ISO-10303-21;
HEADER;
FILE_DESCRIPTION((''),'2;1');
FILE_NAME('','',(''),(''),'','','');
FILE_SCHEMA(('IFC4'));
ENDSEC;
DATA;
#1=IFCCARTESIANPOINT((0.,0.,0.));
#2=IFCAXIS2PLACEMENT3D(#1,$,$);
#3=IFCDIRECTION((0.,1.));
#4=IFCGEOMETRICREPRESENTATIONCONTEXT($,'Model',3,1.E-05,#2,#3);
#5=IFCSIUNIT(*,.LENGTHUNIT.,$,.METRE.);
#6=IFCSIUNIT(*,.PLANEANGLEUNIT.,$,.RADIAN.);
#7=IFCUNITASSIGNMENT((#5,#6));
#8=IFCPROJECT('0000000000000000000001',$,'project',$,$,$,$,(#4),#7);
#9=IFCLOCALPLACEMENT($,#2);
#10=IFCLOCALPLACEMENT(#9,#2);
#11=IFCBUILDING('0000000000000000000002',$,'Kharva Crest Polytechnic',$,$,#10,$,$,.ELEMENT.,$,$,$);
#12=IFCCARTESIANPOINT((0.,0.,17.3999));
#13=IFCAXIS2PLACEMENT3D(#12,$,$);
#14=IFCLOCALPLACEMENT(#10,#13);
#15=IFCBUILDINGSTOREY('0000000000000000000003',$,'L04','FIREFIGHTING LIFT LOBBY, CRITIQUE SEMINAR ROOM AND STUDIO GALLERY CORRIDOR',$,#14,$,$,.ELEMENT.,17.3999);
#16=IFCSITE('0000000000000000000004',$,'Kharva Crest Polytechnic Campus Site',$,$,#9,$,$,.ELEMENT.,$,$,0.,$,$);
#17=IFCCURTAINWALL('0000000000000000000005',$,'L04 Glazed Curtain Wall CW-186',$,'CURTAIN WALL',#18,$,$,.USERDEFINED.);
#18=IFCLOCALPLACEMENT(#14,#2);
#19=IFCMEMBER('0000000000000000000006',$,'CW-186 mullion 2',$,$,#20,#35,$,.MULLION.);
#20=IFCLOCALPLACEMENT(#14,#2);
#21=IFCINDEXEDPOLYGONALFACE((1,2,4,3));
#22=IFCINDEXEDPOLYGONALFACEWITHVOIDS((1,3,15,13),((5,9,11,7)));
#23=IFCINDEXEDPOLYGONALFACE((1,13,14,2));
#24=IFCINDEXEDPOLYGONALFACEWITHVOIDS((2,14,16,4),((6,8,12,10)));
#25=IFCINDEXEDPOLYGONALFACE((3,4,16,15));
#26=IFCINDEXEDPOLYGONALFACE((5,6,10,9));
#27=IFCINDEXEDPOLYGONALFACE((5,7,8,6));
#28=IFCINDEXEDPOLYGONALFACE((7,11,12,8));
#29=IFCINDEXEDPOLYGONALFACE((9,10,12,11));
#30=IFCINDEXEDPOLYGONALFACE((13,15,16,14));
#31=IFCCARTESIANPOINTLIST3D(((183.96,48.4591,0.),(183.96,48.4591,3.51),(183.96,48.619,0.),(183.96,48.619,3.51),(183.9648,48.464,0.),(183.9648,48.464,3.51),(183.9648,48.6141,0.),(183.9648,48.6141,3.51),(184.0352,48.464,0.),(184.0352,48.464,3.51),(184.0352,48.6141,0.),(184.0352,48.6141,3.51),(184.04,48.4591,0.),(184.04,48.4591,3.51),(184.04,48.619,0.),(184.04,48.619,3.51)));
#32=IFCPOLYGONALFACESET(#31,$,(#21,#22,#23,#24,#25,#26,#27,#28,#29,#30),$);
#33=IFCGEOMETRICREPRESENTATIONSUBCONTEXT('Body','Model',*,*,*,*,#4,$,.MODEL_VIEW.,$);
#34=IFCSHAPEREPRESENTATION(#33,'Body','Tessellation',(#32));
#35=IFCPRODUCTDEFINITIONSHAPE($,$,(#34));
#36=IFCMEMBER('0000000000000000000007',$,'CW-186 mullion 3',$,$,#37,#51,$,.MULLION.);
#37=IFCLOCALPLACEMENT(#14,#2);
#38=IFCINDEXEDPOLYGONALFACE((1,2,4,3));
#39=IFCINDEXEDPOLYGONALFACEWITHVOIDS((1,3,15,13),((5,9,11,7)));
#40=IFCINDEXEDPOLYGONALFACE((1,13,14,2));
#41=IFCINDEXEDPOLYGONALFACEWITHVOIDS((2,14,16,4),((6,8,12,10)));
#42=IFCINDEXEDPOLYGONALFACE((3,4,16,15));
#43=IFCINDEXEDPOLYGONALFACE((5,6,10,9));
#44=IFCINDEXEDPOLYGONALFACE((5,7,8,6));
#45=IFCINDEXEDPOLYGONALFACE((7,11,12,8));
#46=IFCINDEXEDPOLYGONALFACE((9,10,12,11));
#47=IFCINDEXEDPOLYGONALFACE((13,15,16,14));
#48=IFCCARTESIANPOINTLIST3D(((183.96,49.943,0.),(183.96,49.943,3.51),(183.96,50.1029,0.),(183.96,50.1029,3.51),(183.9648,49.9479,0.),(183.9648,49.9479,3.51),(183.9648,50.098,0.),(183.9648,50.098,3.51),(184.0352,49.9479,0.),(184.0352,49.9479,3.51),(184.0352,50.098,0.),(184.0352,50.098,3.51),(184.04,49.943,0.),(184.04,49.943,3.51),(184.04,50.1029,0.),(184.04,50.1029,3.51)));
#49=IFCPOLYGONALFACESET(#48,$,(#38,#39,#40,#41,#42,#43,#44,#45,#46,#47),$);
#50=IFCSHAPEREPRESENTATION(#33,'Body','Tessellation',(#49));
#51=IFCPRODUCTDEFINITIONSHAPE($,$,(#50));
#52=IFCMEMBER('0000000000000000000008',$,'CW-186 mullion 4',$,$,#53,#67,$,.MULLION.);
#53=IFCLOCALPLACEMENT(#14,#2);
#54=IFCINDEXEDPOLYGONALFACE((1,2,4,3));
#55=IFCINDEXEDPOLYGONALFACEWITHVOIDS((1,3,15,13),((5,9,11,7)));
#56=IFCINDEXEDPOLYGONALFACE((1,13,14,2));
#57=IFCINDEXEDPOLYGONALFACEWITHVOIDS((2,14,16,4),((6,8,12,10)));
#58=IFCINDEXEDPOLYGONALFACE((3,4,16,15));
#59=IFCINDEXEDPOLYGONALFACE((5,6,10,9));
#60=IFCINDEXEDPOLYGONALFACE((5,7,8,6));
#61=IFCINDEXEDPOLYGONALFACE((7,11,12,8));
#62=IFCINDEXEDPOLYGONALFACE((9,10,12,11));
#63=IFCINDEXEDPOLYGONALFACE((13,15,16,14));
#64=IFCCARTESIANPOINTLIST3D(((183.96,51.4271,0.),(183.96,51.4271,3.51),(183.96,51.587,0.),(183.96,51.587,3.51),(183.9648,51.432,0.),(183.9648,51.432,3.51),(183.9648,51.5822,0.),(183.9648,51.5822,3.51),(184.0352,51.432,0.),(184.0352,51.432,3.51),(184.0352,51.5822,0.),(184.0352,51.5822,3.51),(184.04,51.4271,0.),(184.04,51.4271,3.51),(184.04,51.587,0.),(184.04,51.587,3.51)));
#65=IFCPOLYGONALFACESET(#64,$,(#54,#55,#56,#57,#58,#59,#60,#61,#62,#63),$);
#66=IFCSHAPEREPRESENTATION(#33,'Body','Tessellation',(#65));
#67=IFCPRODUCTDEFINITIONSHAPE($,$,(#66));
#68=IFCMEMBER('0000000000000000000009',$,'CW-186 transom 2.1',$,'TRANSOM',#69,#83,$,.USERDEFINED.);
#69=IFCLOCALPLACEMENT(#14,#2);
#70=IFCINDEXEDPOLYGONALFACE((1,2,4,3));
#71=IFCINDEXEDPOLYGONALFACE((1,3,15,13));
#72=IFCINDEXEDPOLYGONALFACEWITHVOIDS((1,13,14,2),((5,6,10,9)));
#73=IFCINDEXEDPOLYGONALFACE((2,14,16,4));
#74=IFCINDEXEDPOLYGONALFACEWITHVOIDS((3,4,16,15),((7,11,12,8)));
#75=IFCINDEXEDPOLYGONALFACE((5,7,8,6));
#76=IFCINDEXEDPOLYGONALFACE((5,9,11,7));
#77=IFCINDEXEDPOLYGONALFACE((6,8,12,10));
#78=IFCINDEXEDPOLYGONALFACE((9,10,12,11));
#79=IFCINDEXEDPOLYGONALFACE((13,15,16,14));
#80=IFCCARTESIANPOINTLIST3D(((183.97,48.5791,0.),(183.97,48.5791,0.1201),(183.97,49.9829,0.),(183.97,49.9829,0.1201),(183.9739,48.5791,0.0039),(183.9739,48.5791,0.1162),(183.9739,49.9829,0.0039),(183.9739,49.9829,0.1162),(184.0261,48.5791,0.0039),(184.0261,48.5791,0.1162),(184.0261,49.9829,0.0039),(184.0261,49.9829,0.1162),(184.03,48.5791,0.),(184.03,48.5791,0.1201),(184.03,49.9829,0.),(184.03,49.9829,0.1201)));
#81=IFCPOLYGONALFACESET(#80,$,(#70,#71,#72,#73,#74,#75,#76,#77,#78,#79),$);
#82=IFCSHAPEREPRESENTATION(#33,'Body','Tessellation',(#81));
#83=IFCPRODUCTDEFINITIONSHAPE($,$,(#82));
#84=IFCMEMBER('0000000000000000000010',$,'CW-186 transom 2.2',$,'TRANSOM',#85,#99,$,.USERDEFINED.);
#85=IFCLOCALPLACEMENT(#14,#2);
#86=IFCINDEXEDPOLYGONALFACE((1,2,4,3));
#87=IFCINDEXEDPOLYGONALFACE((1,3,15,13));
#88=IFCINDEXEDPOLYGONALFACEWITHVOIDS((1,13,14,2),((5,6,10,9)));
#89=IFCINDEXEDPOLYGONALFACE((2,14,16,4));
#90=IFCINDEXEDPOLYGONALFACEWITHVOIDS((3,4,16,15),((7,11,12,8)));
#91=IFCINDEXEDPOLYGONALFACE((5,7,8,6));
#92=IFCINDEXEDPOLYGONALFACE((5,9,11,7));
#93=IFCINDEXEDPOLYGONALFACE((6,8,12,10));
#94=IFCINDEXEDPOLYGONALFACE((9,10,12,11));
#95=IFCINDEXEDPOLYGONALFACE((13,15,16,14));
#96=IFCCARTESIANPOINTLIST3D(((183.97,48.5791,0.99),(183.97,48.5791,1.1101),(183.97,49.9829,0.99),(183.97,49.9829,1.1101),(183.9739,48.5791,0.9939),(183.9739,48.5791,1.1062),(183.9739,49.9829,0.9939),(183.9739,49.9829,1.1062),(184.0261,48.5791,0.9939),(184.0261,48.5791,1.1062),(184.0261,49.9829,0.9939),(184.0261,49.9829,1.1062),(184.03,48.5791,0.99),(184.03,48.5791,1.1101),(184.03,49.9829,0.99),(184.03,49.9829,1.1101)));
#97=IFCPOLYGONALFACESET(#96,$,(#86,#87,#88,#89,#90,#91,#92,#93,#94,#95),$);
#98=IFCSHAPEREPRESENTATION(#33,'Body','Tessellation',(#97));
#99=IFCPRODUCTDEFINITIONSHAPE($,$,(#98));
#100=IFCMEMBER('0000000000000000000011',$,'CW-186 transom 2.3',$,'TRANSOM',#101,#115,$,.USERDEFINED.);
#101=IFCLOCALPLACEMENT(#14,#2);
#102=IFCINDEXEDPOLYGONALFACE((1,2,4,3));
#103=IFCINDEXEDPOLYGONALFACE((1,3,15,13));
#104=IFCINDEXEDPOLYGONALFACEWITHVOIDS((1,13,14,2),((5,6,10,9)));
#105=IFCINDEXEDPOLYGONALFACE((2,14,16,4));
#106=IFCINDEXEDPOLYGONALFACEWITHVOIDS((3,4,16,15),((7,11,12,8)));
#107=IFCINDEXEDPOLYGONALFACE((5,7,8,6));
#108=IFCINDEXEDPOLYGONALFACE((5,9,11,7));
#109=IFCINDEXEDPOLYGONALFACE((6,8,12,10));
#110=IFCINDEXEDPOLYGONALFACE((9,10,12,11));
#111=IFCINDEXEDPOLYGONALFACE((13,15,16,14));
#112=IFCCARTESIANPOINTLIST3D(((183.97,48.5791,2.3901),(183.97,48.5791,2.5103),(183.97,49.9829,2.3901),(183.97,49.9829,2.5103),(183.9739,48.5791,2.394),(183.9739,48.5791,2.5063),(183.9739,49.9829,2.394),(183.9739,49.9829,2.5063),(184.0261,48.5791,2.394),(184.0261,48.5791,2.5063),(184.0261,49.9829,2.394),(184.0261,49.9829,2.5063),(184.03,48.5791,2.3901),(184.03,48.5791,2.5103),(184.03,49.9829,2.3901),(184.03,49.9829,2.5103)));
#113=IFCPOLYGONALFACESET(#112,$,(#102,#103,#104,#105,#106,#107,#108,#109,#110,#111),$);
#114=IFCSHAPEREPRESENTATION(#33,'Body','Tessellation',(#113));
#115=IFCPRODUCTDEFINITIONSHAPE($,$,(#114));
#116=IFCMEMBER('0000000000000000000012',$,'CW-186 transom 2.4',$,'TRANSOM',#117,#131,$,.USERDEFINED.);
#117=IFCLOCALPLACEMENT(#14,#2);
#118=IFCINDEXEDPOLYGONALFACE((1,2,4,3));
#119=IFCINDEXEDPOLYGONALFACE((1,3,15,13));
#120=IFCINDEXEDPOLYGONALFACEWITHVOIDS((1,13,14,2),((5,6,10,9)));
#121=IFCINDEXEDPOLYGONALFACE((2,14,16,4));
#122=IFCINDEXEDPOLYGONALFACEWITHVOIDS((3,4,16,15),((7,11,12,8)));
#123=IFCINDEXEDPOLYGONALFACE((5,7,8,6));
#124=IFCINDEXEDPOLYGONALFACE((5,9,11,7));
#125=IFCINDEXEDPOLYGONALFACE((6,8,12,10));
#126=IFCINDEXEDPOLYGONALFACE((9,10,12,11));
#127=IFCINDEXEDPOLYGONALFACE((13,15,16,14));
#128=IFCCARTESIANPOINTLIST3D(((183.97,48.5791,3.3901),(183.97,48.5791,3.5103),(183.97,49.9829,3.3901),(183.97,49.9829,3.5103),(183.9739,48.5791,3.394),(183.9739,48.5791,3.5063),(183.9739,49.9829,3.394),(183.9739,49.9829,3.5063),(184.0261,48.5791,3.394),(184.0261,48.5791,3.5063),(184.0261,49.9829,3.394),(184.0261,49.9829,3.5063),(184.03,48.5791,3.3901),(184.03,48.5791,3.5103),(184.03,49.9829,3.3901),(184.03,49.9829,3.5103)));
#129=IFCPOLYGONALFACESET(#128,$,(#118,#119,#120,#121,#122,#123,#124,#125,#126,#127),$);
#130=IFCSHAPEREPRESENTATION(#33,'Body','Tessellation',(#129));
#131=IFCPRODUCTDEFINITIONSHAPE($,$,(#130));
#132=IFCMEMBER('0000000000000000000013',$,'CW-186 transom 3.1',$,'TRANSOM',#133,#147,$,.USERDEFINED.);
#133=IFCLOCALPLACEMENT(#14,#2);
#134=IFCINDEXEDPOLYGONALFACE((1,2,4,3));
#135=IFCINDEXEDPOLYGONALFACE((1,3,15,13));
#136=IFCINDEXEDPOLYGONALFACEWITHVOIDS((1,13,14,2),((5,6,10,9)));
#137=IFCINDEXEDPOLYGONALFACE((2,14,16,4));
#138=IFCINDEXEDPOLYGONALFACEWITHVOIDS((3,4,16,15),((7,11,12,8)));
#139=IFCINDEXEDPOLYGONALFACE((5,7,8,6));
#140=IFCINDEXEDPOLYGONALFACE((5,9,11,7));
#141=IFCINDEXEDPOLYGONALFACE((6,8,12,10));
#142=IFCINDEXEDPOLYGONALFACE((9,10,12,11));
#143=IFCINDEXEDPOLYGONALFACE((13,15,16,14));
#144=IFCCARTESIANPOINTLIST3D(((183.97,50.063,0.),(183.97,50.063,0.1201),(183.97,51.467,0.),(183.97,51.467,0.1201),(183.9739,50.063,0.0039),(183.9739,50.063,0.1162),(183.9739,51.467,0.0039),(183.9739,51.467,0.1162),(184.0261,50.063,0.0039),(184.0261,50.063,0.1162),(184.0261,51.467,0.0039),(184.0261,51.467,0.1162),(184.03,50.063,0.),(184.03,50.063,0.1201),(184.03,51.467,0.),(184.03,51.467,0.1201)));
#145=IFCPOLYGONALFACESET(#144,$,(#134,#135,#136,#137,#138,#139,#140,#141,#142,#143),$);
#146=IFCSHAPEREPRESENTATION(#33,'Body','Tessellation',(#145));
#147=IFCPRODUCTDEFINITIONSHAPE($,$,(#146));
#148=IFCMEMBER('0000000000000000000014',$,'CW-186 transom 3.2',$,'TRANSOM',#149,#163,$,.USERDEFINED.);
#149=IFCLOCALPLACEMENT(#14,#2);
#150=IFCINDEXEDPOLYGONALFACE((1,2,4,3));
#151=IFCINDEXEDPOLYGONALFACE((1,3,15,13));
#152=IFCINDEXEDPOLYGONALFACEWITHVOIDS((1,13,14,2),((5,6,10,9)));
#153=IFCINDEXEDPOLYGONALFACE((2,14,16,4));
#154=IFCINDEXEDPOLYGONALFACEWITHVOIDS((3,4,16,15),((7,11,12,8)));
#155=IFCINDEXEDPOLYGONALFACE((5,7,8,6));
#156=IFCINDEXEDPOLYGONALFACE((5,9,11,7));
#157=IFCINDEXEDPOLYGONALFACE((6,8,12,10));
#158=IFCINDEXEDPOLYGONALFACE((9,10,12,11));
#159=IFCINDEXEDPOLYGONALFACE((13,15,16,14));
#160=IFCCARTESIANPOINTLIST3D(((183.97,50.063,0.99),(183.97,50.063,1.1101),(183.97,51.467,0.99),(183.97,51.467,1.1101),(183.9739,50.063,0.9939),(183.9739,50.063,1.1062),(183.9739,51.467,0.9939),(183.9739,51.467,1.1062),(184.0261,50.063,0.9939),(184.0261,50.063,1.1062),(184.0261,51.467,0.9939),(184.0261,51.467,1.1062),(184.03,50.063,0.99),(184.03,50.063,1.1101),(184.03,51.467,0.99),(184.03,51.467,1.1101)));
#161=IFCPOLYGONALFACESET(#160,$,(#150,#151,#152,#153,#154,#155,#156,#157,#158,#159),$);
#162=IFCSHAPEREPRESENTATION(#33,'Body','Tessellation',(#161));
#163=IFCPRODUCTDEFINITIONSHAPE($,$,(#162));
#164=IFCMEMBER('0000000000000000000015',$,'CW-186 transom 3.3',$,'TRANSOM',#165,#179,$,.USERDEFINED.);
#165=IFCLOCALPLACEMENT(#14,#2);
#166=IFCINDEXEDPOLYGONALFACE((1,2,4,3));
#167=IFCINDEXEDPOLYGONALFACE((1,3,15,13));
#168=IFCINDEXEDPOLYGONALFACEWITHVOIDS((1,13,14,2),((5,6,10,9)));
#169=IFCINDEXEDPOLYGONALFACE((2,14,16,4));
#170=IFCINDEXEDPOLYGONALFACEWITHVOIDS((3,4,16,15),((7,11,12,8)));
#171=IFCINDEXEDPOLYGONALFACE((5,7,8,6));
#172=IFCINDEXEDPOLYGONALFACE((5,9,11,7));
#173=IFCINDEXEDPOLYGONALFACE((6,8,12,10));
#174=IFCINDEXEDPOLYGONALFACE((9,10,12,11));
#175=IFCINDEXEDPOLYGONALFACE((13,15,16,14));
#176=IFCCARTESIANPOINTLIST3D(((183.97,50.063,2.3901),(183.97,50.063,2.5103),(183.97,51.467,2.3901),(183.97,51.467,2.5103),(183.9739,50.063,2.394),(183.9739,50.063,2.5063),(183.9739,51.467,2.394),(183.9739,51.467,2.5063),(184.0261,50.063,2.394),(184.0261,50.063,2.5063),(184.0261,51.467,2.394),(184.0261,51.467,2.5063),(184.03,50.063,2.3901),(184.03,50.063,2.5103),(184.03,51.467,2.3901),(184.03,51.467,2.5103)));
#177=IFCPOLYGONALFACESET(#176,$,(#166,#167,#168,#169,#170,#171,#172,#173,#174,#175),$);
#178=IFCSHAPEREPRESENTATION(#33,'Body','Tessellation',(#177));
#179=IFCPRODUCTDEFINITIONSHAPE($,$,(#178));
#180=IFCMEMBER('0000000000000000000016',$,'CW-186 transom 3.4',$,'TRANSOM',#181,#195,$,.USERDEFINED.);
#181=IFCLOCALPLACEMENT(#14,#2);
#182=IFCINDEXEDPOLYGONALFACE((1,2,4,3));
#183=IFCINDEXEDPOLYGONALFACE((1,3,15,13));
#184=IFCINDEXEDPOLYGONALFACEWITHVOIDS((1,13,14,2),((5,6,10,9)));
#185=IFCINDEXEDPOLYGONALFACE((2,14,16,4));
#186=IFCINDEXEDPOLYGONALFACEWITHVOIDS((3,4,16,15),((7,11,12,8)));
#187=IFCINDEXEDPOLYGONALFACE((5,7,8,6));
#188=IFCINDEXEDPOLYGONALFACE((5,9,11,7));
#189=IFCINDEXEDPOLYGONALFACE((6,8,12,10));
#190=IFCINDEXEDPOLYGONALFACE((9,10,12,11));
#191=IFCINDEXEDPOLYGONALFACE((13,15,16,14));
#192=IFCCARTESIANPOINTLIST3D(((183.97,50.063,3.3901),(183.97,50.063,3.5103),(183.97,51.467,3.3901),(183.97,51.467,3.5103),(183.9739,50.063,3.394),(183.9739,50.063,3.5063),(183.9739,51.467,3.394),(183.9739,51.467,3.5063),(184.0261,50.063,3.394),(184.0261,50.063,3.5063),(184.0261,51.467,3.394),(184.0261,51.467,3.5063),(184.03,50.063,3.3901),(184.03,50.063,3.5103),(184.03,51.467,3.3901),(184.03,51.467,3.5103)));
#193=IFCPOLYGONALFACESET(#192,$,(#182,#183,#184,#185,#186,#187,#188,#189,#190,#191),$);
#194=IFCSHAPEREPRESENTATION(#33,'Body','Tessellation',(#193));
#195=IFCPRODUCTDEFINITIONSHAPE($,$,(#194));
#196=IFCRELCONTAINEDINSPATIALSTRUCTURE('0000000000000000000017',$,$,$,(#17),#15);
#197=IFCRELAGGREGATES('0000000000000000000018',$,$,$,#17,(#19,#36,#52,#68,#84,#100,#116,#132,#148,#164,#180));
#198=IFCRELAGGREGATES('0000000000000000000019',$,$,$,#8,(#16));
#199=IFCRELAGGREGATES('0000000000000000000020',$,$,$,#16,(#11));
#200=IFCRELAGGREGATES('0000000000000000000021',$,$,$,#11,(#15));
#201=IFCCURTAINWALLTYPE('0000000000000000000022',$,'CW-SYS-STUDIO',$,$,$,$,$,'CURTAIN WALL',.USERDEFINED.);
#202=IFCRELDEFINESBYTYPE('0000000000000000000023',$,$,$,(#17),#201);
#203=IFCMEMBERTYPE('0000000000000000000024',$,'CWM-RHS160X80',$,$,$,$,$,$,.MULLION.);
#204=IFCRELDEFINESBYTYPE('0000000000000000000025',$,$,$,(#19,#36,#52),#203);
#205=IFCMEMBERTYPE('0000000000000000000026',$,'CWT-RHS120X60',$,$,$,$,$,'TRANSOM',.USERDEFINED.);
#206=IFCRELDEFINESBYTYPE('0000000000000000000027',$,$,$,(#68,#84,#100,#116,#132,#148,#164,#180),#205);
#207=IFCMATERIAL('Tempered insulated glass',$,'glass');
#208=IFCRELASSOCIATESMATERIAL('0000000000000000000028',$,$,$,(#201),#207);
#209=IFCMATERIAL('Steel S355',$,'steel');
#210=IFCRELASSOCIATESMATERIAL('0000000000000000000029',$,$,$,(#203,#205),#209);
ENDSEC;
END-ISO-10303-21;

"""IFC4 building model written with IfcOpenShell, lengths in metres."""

from ifc_helpers import new_model, si_unit, direction, frame, origin, origin_2d, place, context, subcontext, project, spatial, hollow_rectangle, extrude, material, material_profile, profile_set, type_object, element, aggregate, save


model = new_model("IFC4")

# Units and contexts
model_context = context("Model", 3, precision=1e-05, world=origin(), true_north=direction((0.0, 1.0)))
body_context = subcontext(model_context, "Body", "Model", "MODEL_VIEW")
ifc_project = project(units=[si_unit("LENGTHUNIT", "METRE"), si_unit("PLANEANGLEUNIT", "RADIAN")], contexts=[model_context])

# Site, building, storey
site_placement = place(None, origin())
site = spatial("IfcSite", under=ifc_project, at=site_placement, Name="Kharva Crest Polytechnic Campus Site", CompositionType="ELEMENT", RefElevation=0.0)
building_placement = place(site_placement, origin())
building = spatial("IfcBuilding", under=site, at=building_placement, Name="Kharva Crest Polytechnic", CompositionType="ELEMENT")
storey_placement = place(building_placement, frame((0.0, 0.0, 17.3999)))
storey = spatial("IfcBuildingStorey", under=building, at=storey_placement, Name="L04", Description="FIREFIGHTING LIFT LOBBY, CRITIQUE SEMINAR ROOM AND STUDIO GALLERY CORRIDOR", CompositionType="ELEMENT", Elevation=17.3999)

# Curtain wall, members
ifc_material_1 = material(Name="Tempered insulated glass", Category="glass")
curtain_wall_type = type_object("IfcCurtainWallType", Name="CW-SYS-STUDIO", ElementType="CURTAIN WALL", PredefinedType="USERDEFINED", material=ifc_material_1)
curtain_wall_placement = place(storey_placement, origin())
curtain_wall = element("IfcCurtainWall", 1, at=curtain_wall_placement, inside=storey, type_object=curtain_wall_type, Name="L04 Glazed Curtain Wall CW-186", ObjectType="CURTAIN WALL", PredefinedType="USERDEFINED")
ifc_material_2 = material(Name="Steel S355", Category="steel")
ifc_material_profile_1 = material_profile(ifc_material_2, hollow_rectangle(XDim=0.0801, YDim=0.1599, WallThickness=0.0049, at=origin_2d()), Name="RHS 160X80X5.0")
ifc_profile_set_1 = profile_set([ifc_material_profile_1], Name="Steel S355")
member_type_1 = type_object("IfcMemberType", Name="CWM-RHS160X80", PredefinedType="MULLION", material=ifc_profile_set_1)
member_1_placement = place(storey_placement, frame((184.0, 48.5391, 0.0), z_axis=(0.0, 0.0, 1.0), x_axis=(-1.0, 0.0, 0.0)))
member_1 = element("IfcMember", 2, at=member_1_placement, type_object=member_type_1, Name="CW-186 mullion 2", PredefinedType="MULLION", context=body_context, shape_type="SweptSolid", body=[
    extrude(hollow_rectangle(XDim=0.0801, YDim=0.1599, WallThickness=0.0049, at=origin_2d()), origin(), (0.0, 0.0, 1.0), 3.51),
])
member_2_placement = place(storey_placement, frame((184.0, 50.0229, 0.0), z_axis=(0.0, 0.0, 1.0), x_axis=(-1.0, 0.0, 0.0)))
member_2 = element("IfcMember", 3, at=member_2_placement, type_object=member_type_1, Name="CW-186 mullion 3", PredefinedType="MULLION", context=body_context, shape_type="SweptSolid", body=[
    extrude(hollow_rectangle(XDim=0.0801, YDim=0.1599, WallThickness=0.0049, at=origin_2d()), origin(), (0.0, 0.0, 1.0), 3.51),
])
member_3_placement = place(storey_placement, frame((184.0, 51.5071, 0.0), z_axis=(0.0, 0.0, 1.0), x_axis=(-1.0, 0.0, 0.0)))
member_3 = element("IfcMember", 4, at=member_3_placement, type_object=member_type_1, Name="CW-186 mullion 4", PredefinedType="MULLION", context=body_context, shape_type="SweptSolid", body=[
    extrude(hollow_rectangle(XDim=0.0801, YDim=0.1599, WallThickness=0.0049, at=origin_2d()), origin(), (0.0, 0.0, 1.0), 3.51),
])
ifc_material_profile_2 = material_profile(ifc_material_2, hollow_rectangle(XDim=0.0601, YDim=0.1201, WallThickness=0.0039, at=origin_2d()), Name="RHS 120X60X4.0")
ifc_profile_set_2 = profile_set([ifc_material_profile_2], Name="Steel S355")
member_type_2 = type_object("IfcMemberType", Name="CWT-RHS120X60", ElementType="TRANSOM", PredefinedType="USERDEFINED", material=ifc_profile_set_2)
member_4_placement = place(storey_placement, frame((184.0, 48.5791, 0.0601), z_axis=(0.0, 1.0, 0.0), x_axis=(-1.0, 0.0, 0.0)))
member_4 = element("IfcMember", 5, at=member_4_placement, type_object=member_type_2, Name="CW-186 transom 2.1", ObjectType="TRANSOM", PredefinedType="USERDEFINED", context=body_context, shape_type="SweptSolid", body=[
    extrude(hollow_rectangle(XDim=0.0601, YDim=0.1201, WallThickness=0.0039, at=origin_2d()), origin(), (0.0, 0.0, 1.0), 1.4038),
])
member_5_placement = place(storey_placement, frame((184.0, 48.5791, 1.05), z_axis=(0.0, 1.0, 0.0), x_axis=(-1.0, 0.0, 0.0)))
member_5 = element("IfcMember", 6, at=member_5_placement, type_object=member_type_2, Name="CW-186 transom 2.2", ObjectType="TRANSOM", PredefinedType="USERDEFINED", context=body_context, shape_type="SweptSolid", body=[
    extrude(hollow_rectangle(XDim=0.0601, YDim=0.1201, WallThickness=0.0039, at=origin_2d()), origin(), (0.0, 0.0, 1.0), 1.4038),
])
member_6_placement = place(storey_placement, frame((184.0, 48.5791, 2.4502), z_axis=(0.0, 1.0, 0.0), x_axis=(-1.0, 0.0, 0.0)))
member_6 = element("IfcMember", 7, at=member_6_placement, type_object=member_type_2, Name="CW-186 transom 2.3", ObjectType="TRANSOM", PredefinedType="USERDEFINED", context=body_context, shape_type="SweptSolid", body=[
    extrude(hollow_rectangle(XDim=0.0601, YDim=0.1201, WallThickness=0.0039, at=origin_2d()), origin(), (0.0, 0.0, 1.0), 1.4038),
])
member_7_placement = place(storey_placement, frame((184.0, 48.5791, 3.4502), z_axis=(0.0, 1.0, 0.0), x_axis=(-1.0, 0.0, 0.0)))
member_7 = element("IfcMember", 8, at=member_7_placement, type_object=member_type_2, Name="CW-186 transom 2.4", ObjectType="TRANSOM", PredefinedType="USERDEFINED", context=body_context, shape_type="SweptSolid", body=[
    extrude(hollow_rectangle(XDim=0.0601, YDim=0.1201, WallThickness=0.0039, at=origin_2d()), origin(), (0.0, 0.0, 1.0), 1.4038),
])
member_8_placement = place(storey_placement, frame((184.0, 50.063, 0.0601), z_axis=(0.0, 1.0, 0.0), x_axis=(-1.0, 0.0, 0.0)))
member_8 = element("IfcMember", 9, at=member_8_placement, type_object=member_type_2, Name="CW-186 transom 3.1", ObjectType="TRANSOM", PredefinedType="USERDEFINED", context=body_context, shape_type="SweptSolid", body=[
    extrude(hollow_rectangle(XDim=0.0601, YDim=0.1201, WallThickness=0.0039, at=origin_2d()), origin(), (0.0, 0.0, 1.0), 1.4041),
])
member_9_placement = place(storey_placement, frame((184.0, 50.063, 1.05), z_axis=(0.0, 1.0, 0.0), x_axis=(-1.0, 0.0, 0.0)))
member_9 = element("IfcMember", 10, at=member_9_placement, type_object=member_type_2, Name="CW-186 transom 3.2", ObjectType="TRANSOM", PredefinedType="USERDEFINED", context=body_context, shape_type="SweptSolid", body=[
    extrude(hollow_rectangle(XDim=0.0601, YDim=0.1201, WallThickness=0.0039, at=origin_2d()), origin(), (0.0, 0.0, 1.0), 1.4041),
])
member_10_placement = place(storey_placement, frame((184.0, 50.063, 2.4502), z_axis=(0.0, 1.0, 0.0), x_axis=(-1.0, 0.0, 0.0)))
member_10 = element("IfcMember", 11, at=member_10_placement, type_object=member_type_2, Name="CW-186 transom 3.3", ObjectType="TRANSOM", PredefinedType="USERDEFINED", context=body_context, shape_type="SweptSolid", body=[
    extrude(hollow_rectangle(XDim=0.0601, YDim=0.1201, WallThickness=0.0039, at=origin_2d()), origin(), (0.0, 0.0, 1.0), 1.4041),
])
member_11_placement = place(storey_placement, frame((184.0, 50.063, 3.4502), z_axis=(0.0, 1.0, 0.0), x_axis=(-1.0, 0.0, 0.0)))
member_11 = element("IfcMember", 12, at=member_11_placement, type_object=member_type_2, Name="CW-186 transom 3.4", ObjectType="TRANSOM", PredefinedType="USERDEFINED", context=body_context, shape_type="SweptSolid", body=[
    extrude(hollow_rectangle(XDim=0.0601, YDim=0.1201, WallThickness=0.0039, at=origin_2d()), origin(), (0.0, 0.0, 1.0), 1.4041),
])
aggregate(curtain_wall, [member_1, member_2, member_3, member_4, member_5, member_6, member_7, member_8, member_9, member_10, member_11])

save(model, "model.ifc")
